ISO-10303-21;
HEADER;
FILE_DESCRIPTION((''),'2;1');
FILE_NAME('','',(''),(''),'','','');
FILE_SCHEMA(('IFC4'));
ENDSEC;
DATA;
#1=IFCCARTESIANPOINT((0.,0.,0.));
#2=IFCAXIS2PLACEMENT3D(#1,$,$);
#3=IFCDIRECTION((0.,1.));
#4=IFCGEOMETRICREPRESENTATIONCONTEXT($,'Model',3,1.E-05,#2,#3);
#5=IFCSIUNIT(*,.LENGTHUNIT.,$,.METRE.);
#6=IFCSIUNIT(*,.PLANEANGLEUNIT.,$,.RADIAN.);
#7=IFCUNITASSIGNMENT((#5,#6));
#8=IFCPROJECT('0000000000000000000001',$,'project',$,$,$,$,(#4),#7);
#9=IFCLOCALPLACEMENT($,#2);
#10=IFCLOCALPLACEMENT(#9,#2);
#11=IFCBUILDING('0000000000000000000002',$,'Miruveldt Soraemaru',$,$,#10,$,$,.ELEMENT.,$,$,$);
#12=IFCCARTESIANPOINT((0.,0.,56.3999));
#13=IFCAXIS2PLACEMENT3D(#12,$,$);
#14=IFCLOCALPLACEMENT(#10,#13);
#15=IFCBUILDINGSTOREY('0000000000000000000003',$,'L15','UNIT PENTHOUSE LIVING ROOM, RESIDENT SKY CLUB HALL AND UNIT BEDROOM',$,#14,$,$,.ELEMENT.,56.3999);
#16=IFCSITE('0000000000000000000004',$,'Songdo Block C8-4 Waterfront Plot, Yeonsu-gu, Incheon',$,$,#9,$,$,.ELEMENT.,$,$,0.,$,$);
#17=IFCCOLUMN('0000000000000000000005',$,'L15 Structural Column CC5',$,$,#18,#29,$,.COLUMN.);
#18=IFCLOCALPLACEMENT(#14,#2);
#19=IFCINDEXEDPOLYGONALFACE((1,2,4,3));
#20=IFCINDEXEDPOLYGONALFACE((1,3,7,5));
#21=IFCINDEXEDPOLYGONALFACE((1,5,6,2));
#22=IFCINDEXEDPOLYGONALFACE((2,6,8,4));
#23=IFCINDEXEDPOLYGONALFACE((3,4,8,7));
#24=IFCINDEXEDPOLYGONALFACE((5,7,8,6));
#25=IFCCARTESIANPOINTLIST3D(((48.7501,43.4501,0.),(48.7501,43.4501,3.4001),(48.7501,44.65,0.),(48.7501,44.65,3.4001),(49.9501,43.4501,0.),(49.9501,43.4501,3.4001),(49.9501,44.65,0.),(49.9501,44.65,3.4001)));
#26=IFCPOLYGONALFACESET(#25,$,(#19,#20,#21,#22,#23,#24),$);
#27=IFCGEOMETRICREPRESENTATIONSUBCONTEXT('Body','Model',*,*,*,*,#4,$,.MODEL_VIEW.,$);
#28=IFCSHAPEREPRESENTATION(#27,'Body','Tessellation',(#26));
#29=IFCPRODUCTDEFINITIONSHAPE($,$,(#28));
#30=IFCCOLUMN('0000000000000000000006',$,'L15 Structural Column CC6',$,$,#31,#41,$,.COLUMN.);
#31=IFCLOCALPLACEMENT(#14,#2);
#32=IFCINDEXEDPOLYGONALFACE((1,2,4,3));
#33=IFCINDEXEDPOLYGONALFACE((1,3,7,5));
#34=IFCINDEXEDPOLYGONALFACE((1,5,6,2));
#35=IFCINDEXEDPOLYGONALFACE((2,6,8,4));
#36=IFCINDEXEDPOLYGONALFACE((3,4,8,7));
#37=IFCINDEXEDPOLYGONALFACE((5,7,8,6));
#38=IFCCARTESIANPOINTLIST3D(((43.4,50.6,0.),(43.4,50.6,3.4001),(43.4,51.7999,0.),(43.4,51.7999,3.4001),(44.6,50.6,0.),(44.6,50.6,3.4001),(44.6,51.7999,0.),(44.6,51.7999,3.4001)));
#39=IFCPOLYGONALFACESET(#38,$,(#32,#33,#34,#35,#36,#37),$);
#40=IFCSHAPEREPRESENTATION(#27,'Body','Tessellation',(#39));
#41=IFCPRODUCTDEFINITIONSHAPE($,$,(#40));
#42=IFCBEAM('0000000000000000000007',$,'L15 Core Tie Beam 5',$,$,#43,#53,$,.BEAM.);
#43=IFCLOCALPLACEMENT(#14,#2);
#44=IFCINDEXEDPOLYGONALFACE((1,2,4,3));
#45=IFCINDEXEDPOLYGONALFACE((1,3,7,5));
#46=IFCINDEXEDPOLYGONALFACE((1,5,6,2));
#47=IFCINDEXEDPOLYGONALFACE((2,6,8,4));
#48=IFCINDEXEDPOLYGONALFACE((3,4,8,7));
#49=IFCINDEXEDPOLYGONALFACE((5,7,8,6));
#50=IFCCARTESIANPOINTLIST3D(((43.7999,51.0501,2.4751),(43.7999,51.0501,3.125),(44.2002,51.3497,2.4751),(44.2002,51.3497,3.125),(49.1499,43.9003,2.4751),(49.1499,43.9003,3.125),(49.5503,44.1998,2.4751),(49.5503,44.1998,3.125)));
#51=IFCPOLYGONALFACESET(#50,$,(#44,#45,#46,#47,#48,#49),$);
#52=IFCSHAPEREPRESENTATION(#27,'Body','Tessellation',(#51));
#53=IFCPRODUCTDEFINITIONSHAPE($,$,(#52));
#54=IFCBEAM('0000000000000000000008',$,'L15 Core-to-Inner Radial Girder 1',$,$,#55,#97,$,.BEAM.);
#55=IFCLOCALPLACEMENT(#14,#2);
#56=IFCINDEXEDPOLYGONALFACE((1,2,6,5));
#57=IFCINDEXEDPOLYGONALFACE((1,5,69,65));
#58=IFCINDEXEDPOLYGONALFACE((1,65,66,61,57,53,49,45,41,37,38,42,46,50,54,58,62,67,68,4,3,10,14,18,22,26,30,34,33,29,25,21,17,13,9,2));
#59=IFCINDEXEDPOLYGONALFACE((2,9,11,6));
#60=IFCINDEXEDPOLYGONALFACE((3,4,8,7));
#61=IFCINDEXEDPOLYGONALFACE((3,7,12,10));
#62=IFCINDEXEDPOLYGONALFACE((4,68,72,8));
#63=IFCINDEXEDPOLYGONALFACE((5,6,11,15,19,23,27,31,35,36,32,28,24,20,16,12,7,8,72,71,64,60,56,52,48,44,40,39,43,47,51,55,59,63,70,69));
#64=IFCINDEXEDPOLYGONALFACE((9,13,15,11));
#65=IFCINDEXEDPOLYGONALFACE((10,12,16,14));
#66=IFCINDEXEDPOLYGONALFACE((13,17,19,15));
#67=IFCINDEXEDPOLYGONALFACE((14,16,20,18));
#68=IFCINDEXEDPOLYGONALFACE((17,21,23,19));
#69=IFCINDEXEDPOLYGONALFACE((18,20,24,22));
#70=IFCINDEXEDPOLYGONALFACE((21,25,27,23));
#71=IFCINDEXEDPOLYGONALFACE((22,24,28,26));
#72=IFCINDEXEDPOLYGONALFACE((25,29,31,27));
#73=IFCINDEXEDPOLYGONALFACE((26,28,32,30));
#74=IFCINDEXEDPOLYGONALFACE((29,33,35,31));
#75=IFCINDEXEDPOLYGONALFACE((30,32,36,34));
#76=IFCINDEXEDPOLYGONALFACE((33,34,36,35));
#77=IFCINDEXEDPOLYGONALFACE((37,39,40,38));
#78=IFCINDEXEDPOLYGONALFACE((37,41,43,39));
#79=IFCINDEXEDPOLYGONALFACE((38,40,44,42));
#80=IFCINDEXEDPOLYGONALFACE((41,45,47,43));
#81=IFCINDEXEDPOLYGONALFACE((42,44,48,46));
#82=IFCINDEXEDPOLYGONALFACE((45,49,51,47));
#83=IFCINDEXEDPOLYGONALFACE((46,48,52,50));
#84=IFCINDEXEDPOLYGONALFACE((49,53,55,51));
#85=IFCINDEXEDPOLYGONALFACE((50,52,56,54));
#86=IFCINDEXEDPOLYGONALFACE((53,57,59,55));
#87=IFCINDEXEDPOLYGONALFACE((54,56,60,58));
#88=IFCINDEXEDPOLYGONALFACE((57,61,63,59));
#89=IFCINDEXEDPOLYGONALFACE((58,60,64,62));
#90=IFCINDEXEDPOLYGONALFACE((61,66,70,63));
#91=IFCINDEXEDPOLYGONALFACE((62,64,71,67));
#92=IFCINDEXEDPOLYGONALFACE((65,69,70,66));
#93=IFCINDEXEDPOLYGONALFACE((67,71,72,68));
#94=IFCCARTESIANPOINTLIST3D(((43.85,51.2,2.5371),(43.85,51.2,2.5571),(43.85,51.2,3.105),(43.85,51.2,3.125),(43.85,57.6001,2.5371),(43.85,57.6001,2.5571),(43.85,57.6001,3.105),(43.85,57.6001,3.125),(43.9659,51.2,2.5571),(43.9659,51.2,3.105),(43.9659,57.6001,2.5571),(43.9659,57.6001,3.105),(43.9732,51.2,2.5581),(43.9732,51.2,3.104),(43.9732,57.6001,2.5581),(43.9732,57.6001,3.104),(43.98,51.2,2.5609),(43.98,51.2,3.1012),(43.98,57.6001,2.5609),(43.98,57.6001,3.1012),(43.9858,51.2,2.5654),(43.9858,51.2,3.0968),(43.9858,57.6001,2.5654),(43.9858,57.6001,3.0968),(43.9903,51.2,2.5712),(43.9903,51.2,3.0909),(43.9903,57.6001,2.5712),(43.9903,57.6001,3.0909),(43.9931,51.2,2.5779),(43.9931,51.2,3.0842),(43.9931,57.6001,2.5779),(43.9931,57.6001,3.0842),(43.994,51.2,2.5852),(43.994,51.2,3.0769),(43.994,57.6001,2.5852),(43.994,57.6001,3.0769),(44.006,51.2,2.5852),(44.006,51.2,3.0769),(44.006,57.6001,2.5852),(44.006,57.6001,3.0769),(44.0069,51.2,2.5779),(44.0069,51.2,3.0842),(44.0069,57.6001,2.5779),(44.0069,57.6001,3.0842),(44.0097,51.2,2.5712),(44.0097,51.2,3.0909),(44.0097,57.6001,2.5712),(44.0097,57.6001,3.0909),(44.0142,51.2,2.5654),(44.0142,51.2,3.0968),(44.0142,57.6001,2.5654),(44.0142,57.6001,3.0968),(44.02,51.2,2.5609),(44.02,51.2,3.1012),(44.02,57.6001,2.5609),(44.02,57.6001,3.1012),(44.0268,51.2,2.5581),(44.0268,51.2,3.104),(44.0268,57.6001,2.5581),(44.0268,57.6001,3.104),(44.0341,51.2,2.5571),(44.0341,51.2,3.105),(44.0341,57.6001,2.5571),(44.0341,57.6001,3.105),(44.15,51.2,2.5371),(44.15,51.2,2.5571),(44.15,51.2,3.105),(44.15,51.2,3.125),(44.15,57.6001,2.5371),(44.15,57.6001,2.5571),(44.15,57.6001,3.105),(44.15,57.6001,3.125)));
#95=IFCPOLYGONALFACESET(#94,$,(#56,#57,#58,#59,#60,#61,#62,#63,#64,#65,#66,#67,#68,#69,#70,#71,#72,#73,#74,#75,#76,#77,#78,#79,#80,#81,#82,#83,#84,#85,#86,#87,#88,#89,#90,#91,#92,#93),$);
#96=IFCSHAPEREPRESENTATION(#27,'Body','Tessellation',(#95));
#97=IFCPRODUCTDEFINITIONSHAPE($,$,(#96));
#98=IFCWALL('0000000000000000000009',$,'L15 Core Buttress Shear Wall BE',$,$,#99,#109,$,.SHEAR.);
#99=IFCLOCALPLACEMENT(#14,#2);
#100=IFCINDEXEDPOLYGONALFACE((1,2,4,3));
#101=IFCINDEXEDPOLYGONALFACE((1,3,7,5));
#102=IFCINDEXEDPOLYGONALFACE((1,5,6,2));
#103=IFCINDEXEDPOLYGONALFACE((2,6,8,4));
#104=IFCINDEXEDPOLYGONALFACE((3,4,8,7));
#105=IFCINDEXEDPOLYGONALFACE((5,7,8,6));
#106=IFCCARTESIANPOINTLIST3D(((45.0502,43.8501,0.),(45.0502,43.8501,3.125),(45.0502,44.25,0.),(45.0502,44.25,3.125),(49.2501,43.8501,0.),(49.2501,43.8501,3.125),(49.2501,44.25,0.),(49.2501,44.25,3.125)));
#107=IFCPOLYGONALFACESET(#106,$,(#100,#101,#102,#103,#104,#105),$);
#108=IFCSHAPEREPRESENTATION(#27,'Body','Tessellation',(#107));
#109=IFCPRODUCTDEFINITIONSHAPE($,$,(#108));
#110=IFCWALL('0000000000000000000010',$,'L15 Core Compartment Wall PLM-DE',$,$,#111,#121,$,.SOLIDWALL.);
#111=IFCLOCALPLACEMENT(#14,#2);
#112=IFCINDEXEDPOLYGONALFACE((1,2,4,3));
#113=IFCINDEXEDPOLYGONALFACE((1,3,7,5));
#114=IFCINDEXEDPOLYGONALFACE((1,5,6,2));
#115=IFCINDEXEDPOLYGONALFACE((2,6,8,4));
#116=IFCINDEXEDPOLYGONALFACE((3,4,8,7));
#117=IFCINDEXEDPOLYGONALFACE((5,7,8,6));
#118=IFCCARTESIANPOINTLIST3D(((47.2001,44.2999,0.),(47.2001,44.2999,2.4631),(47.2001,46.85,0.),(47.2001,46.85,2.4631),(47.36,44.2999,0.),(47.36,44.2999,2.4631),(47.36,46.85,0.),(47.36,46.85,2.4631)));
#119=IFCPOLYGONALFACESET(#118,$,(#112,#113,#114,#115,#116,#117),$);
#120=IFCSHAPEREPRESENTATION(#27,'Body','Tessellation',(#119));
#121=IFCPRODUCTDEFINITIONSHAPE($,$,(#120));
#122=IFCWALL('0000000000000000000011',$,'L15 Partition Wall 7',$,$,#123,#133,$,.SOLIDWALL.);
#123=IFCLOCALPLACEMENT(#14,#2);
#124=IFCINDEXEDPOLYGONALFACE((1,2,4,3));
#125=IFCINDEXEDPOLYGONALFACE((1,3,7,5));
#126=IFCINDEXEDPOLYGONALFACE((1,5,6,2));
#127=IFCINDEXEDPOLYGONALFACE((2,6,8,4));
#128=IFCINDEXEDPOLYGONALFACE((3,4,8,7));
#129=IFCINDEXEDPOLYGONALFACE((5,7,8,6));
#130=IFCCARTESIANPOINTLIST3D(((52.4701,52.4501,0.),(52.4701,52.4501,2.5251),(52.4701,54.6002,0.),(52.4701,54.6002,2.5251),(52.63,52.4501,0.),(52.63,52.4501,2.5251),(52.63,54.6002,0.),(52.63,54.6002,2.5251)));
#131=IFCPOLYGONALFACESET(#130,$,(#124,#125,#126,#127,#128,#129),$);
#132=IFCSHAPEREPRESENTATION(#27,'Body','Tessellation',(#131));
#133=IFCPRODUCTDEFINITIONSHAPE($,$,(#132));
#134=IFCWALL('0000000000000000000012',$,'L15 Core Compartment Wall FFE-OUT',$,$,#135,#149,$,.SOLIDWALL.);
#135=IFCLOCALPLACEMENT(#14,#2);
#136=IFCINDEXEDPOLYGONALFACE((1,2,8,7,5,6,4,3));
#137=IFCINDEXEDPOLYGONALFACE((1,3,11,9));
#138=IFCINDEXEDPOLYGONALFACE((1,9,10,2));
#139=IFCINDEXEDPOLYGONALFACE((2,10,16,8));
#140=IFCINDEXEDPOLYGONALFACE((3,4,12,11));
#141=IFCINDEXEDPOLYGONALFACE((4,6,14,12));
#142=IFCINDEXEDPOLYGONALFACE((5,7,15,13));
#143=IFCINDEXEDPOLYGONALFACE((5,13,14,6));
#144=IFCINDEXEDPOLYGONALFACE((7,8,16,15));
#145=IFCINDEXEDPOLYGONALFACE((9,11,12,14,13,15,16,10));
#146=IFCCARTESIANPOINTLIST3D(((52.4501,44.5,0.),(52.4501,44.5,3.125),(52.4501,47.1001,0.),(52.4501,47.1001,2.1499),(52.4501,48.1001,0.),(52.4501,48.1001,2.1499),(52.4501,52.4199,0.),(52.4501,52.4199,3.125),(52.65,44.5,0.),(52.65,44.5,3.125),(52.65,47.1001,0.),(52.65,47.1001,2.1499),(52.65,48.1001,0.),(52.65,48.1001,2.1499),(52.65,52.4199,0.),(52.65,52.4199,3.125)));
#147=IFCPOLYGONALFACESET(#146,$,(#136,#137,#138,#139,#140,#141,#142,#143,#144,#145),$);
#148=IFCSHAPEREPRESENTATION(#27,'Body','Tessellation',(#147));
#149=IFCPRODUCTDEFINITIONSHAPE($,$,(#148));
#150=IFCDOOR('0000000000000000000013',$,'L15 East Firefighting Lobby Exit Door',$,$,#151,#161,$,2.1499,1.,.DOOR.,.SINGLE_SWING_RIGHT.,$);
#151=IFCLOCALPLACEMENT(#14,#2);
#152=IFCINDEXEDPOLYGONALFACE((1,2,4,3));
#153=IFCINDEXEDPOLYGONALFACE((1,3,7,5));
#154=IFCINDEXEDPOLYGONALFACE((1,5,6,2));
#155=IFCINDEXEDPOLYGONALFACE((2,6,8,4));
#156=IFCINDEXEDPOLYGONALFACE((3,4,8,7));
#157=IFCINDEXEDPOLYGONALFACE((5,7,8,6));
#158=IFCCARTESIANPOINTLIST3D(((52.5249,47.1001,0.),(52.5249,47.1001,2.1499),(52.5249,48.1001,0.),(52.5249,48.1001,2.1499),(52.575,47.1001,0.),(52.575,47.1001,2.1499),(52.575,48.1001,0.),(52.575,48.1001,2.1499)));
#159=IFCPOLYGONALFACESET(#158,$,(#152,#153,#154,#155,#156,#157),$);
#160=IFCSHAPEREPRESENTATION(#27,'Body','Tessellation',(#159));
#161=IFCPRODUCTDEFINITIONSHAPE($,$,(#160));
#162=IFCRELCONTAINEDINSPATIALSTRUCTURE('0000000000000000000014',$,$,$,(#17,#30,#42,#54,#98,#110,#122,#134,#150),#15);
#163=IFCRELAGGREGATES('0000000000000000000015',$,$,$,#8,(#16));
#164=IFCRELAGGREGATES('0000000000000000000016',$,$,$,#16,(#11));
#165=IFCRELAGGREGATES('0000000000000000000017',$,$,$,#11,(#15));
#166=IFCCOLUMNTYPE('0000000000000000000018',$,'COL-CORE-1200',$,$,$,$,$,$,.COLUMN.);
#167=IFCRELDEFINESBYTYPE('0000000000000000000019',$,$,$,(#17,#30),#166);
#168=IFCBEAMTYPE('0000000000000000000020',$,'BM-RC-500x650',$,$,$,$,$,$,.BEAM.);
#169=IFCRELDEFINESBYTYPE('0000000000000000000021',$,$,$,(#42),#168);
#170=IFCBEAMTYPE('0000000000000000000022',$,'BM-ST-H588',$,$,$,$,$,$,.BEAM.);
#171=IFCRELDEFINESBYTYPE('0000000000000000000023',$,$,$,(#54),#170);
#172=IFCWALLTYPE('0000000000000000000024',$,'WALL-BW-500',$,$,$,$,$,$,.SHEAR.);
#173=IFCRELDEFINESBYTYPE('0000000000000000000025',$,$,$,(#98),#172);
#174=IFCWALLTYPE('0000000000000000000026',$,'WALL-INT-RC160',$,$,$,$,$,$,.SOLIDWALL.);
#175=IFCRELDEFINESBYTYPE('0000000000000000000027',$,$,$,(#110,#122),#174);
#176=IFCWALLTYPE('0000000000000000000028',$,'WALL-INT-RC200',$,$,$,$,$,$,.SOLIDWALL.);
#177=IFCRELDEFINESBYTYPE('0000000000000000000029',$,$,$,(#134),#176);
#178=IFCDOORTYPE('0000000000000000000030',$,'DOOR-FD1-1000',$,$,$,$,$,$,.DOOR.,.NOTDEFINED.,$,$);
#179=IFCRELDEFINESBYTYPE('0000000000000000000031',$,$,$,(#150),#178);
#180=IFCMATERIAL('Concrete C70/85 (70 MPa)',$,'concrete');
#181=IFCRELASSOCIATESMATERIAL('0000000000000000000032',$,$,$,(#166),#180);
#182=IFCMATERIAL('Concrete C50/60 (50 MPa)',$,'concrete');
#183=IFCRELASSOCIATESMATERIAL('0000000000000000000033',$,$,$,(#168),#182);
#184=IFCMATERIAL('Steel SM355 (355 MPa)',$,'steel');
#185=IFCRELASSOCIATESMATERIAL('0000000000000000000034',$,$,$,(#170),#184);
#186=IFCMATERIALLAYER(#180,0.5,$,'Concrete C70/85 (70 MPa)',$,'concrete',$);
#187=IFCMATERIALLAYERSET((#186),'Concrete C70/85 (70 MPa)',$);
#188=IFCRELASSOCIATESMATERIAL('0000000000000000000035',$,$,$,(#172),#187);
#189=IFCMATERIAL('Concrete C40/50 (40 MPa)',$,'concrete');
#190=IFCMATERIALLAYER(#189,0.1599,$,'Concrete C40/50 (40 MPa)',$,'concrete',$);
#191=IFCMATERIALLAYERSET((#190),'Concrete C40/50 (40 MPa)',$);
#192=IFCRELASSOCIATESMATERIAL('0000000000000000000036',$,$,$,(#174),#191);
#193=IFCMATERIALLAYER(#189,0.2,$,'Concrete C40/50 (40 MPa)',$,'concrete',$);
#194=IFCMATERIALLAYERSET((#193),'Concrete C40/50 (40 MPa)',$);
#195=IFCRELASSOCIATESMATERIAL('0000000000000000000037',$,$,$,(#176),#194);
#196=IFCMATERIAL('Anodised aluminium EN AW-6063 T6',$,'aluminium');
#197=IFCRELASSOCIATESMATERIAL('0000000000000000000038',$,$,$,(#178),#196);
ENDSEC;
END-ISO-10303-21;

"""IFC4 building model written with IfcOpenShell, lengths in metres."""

from ifc_helpers import new_model, si_unit, direction, frame, frame_2d, origin, origin_2d, place, context, subcontext, project, spatial, rectangle, i_section, extrude, material, layer, layer_set, material_profile, profile_set, type_object, element, fill, save


model = new_model("IFC4")

# Units and contexts
model_context = context("Model", 3, precision=1e-05, world=origin(), true_north=direction((0.0, 1.0)))
body_context = subcontext(model_context, "Body", "Model", "MODEL_VIEW")
ifc_project = project(units=[si_unit("LENGTHUNIT", "METRE"), si_unit("PLANEANGLEUNIT", "RADIAN")], contexts=[model_context])

# Site, building, storey
site_placement = place(None, origin())
site = spatial("IfcSite", under=ifc_project, at=site_placement, Name="Songdo Block C8-4 Waterfront Plot, Yeonsu-gu, Incheon", CompositionType="ELEMENT", RefElevation=0.0)
building_placement = place(site_placement, origin())
building = spatial("IfcBuilding", under=site, at=building_placement, Name="Miruveldt Soraemaru", CompositionType="ELEMENT")
storey_placement = place(building_placement, frame((0.0, 0.0, 56.3999)))
storey = spatial("IfcBuildingStorey", under=building, at=storey_placement, Name="L15", Description="UNIT PENTHOUSE LIVING ROOM, RESIDENT SKY CLUB HALL AND UNIT BEDROOM", CompositionType="ELEMENT", Elevation=56.3999)

# Columns
ifc_material_1 = material(Name="Concrete C70/85 (70 MPa)", Category="concrete")
ifc_material_profile_1 = material_profile(ifc_material_1, rectangle(XDim=1.2, YDim=1.2, at=origin_2d()), Name="Concrete C70/85 (70 MPa)", Category="concrete")
ifc_profile_set_1 = profile_set([ifc_material_profile_1], Name="Concrete C70/85 (70 MPa)")
column_type = type_object("IfcColumnType", Name="COL-CORE-1200", PredefinedType="COLUMN", material=ifc_profile_set_1)
for number, where, z_axis, x_axis, name in (
    (1, (49.3501, 44.05, 0.0), (0.0, 0.0, 1.0), (1.0, 0.0, 0.0), "L15 Structural Column CC5"),
    (2, (44.0, 51.2, 0.0), (0.0, 0.0, 1.0), (1.0, 0.0, 0.0), "L15 Structural Column CC6"),
):
    element("IfcColumn", number, at=place(storey_placement, frame(where, z_axis=z_axis, x_axis=x_axis)), inside=storey, type_object=column_type, Name=name, PredefinedType="COLUMN", context=body_context, shape_type="SweptSolid", body=[
        extrude(rectangle(XDim=1.2, YDim=1.2, at=origin_2d()), origin(), (0.0, 0.0, 1.0), 3.4001),
    ])

# Beams
ifc_material_2 = material(Name="Concrete C50/60 (50 MPa)", Category="concrete")
ifc_material_profile_2 = material_profile(ifc_material_2, rectangle(XDim=0.5, YDim=0.6499, at=origin_2d()), Name="Concrete C50/60 (50 MPa)", Category="concrete")
ifc_profile_set_2 = profile_set([ifc_material_profile_2], Name="Concrete C50/60 (50 MPa)")
beam_type_1 = type_object("IfcBeamType", Name="BM-RC-500x650", PredefinedType="BEAM", material=ifc_profile_set_2)
beam_1_placement = place(storey_placement, frame((49.3501, 44.05, 2.8), z_axis=(-0.599116, 0.800662, 0.0), x_axis=(-0.800662, -0.599116, 0.0)))
element("IfcBeam", 3, at=beam_1_placement, inside=storey, type_object=beam_type_1, Name="L15 Core Tie Beam 5", PredefinedType="BEAM", context=body_context, shape_type="SweptSolid", body=[
    extrude(rectangle(XDim=0.5, YDim=0.6499, at=origin_2d()), origin(), (0.0, 0.0, 1.0), 8.9299),
])
ifc_material_3 = material(Name="Steel SM355 (355 MPa)", Category="steel")
ifc_material_profile_3 = material_profile(ifc_material_3, i_section(OverallWidth=0.3, OverallDepth=0.5879, WebThickness=0.012, FlangeThickness=0.02, FilletRadius=0.0281, at=origin_2d()), Name="Steel SM355 (355 MPa)", Category="steel")
ifc_profile_set_3 = profile_set([ifc_material_profile_3], Name="Steel SM355 (355 MPa)")
beam_type_2 = type_object("IfcBeamType", Name="BM-ST-H588", PredefinedType="BEAM", material=ifc_profile_set_3)
beam_2_placement = place(storey_placement, frame((44.0, 51.2, 2.8311), z_axis=(0.0, 1.0, 0.0), x_axis=(-1.0, 0.0, 0.0)))
element("IfcBeam", 4, at=beam_2_placement, inside=storey, type_object=beam_type_2, Name="L15 Core-to-Inner Radial Girder 1", PredefinedType="BEAM", context=body_context, shape_type="SweptSolid", body=[
    extrude(i_section(OverallWidth=0.3, OverallDepth=0.5879, WebThickness=0.012, FlangeThickness=0.02, FilletRadius=0.0281, at=origin_2d()), origin(), (0.0, 0.0, 1.0), 6.4001),
])

# Walls
ifc_layer_1 = layer(ifc_material_1, 0.5, Name="Concrete C70/85 (70 MPa)", Category="concrete")
ifc_layer_set_1 = layer_set([ifc_layer_1], Name="Concrete C70/85 (70 MPa)")
wall_type_1 = type_object("IfcWallType", Name="WALL-BW-500", PredefinedType="SHEAR", material=ifc_layer_set_1)
wall_1_placement = place(storey_placement, frame((45.05, 44.05, 0.0), z_axis=(0.0, 0.0, 1.0), x_axis=(1.0, 0.0, 0.0)))
element("IfcWall", 5, at=wall_1_placement, inside=storey, type_object=wall_type_1, Name="L15 Core Buttress Shear Wall BE", PredefinedType="SHEAR", context=body_context, shape_type="SweptSolid", body=[
    extrude(rectangle(XDim=4.2, YDim=0.3999, at=frame_2d((2.1001, 0.0))), origin(), (0.0, 0.0, 1.0), 3.125),
])
ifc_material_4 = material(Name="Concrete C40/50 (40 MPa)", Category="concrete")
ifc_layer_2 = layer(ifc_material_4, 0.1599, Name="Concrete C40/50 (40 MPa)", Category="concrete")
ifc_layer_set_2 = layer_set([ifc_layer_2], Name="Concrete C40/50 (40 MPa)")
wall_type_2 = type_object("IfcWallType", Name="WALL-INT-RC160", PredefinedType="SOLIDWALL", material=ifc_layer_set_2)
wall_2_placement = place(storey_placement, frame((47.28, 44.3, 0.0), z_axis=(0.0, 0.0, 1.0), x_axis=(0.0, 1.0, 0.0)))
element("IfcWall", 6, at=wall_2_placement, inside=storey, type_object=wall_type_2, Name="L15 Core Compartment Wall PLM-DE", PredefinedType="SOLIDWALL", context=body_context, shape_type="SweptSolid", body=[
    extrude(rectangle(XDim=2.55, YDim=0.1599, at=frame_2d((1.2749, 0.0))), origin(), (0.0, 0.0, 1.0), 2.4631),
])
wall_3_placement = place(storey_placement, frame((52.55, 52.45, 0.0), z_axis=(0.0, 0.0, 1.0), x_axis=(0.0, 1.0, 0.0)))
element("IfcWall", 7, at=wall_3_placement, inside=storey, type_object=wall_type_2, Name="L15 Partition Wall 7", PredefinedType="SOLIDWALL", context=body_context, shape_type="SweptSolid", body=[
    extrude(rectangle(XDim=2.1501, YDim=0.1599, at=frame_2d((1.0752, 0.0))), origin(), (0.0, 0.0, 1.0), 2.5251),
])

# Wall, opening, door
ifc_layer_3 = layer(ifc_material_4, 0.2, Name="Concrete C40/50 (40 MPa)", Category="concrete")
ifc_layer_set_3 = layer_set([ifc_layer_3], Name="Concrete C40/50 (40 MPa)")
wall_type_3 = type_object("IfcWallType", Name="WALL-INT-RC200", PredefinedType="SOLIDWALL", material=ifc_layer_set_3)
wall_4_placement = place(storey_placement, frame((52.55, 44.5, 0.0), z_axis=(0.0, 0.0, 1.0), x_axis=(0.0, 1.0, 0.0)))
wall_4 = element("IfcWall", 8, at=wall_4_placement, inside=storey, type_object=wall_type_3, Name="L15 Core Compartment Wall FFE-OUT", PredefinedType="SOLIDWALL", context=body_context, shape_type="SweptSolid", body=[
    extrude(rectangle(XDim=7.9199, YDim=0.2, at=frame_2d((3.96, 0.0))), origin(), (0.0, 0.0, 1.0), 3.125),
])
opening_1_placement = place(wall_4_placement, frame((2.6001, 0.0, 0.0)))
opening_1 = element("IfcOpeningElement", 9, at=opening_1_placement, cuts=wall_4, PredefinedType="OPENING", context=body_context, shape_type="SweptSolid", body=[
    extrude(rectangle(XDim=1.0, YDim=2.1499, at=frame_2d((0.5, 1.075))), frame((0.0, 0.1099, 0.0), z_axis=(0.0, -1.0, 0.0), x_axis=(1.0, 0.0, 0.0)), (0.0, 0.0, 1.0), 0.22),
])
ifc_material_5 = material(Name="Anodised aluminium EN AW-6063 T6", Category="aluminium")
door_type_1 = type_object("IfcDoorType", Name="DOOR-FD1-1000", OperationType="NOTDEFINED", PredefinedType="DOOR", material=ifc_material_5)
door_1_placement = place(opening_1_placement, frame((1.0, 0.0, 0.0), z_axis=(0.0, 0.0, 1.0), x_axis=(-1.0, 0.0, 0.0)))
door_1 = element("IfcDoor", 10, at=door_1_placement, inside=storey, type_object=door_type_1, Name="L15 East Firefighting Lobby Exit Door", OperationType="SINGLE_SWING_RIGHT", OverallHeight=2.1499, OverallWidth=1.0, PredefinedType="DOOR", context=body_context, shape_type="SweptSolid", body=[
    extrude(rectangle(XDim=1.0, YDim=2.1499, at=frame_2d((0.5, 1.075))), frame((0.0, 0.0249, 0.0), z_axis=(0.0, -1.0, 0.0), x_axis=(1.0, 0.0, 0.0)), (0.0, 0.0, 1.0), 0.05),
])
fill(opening_1, door_1)

save(model, "model.ifc")
